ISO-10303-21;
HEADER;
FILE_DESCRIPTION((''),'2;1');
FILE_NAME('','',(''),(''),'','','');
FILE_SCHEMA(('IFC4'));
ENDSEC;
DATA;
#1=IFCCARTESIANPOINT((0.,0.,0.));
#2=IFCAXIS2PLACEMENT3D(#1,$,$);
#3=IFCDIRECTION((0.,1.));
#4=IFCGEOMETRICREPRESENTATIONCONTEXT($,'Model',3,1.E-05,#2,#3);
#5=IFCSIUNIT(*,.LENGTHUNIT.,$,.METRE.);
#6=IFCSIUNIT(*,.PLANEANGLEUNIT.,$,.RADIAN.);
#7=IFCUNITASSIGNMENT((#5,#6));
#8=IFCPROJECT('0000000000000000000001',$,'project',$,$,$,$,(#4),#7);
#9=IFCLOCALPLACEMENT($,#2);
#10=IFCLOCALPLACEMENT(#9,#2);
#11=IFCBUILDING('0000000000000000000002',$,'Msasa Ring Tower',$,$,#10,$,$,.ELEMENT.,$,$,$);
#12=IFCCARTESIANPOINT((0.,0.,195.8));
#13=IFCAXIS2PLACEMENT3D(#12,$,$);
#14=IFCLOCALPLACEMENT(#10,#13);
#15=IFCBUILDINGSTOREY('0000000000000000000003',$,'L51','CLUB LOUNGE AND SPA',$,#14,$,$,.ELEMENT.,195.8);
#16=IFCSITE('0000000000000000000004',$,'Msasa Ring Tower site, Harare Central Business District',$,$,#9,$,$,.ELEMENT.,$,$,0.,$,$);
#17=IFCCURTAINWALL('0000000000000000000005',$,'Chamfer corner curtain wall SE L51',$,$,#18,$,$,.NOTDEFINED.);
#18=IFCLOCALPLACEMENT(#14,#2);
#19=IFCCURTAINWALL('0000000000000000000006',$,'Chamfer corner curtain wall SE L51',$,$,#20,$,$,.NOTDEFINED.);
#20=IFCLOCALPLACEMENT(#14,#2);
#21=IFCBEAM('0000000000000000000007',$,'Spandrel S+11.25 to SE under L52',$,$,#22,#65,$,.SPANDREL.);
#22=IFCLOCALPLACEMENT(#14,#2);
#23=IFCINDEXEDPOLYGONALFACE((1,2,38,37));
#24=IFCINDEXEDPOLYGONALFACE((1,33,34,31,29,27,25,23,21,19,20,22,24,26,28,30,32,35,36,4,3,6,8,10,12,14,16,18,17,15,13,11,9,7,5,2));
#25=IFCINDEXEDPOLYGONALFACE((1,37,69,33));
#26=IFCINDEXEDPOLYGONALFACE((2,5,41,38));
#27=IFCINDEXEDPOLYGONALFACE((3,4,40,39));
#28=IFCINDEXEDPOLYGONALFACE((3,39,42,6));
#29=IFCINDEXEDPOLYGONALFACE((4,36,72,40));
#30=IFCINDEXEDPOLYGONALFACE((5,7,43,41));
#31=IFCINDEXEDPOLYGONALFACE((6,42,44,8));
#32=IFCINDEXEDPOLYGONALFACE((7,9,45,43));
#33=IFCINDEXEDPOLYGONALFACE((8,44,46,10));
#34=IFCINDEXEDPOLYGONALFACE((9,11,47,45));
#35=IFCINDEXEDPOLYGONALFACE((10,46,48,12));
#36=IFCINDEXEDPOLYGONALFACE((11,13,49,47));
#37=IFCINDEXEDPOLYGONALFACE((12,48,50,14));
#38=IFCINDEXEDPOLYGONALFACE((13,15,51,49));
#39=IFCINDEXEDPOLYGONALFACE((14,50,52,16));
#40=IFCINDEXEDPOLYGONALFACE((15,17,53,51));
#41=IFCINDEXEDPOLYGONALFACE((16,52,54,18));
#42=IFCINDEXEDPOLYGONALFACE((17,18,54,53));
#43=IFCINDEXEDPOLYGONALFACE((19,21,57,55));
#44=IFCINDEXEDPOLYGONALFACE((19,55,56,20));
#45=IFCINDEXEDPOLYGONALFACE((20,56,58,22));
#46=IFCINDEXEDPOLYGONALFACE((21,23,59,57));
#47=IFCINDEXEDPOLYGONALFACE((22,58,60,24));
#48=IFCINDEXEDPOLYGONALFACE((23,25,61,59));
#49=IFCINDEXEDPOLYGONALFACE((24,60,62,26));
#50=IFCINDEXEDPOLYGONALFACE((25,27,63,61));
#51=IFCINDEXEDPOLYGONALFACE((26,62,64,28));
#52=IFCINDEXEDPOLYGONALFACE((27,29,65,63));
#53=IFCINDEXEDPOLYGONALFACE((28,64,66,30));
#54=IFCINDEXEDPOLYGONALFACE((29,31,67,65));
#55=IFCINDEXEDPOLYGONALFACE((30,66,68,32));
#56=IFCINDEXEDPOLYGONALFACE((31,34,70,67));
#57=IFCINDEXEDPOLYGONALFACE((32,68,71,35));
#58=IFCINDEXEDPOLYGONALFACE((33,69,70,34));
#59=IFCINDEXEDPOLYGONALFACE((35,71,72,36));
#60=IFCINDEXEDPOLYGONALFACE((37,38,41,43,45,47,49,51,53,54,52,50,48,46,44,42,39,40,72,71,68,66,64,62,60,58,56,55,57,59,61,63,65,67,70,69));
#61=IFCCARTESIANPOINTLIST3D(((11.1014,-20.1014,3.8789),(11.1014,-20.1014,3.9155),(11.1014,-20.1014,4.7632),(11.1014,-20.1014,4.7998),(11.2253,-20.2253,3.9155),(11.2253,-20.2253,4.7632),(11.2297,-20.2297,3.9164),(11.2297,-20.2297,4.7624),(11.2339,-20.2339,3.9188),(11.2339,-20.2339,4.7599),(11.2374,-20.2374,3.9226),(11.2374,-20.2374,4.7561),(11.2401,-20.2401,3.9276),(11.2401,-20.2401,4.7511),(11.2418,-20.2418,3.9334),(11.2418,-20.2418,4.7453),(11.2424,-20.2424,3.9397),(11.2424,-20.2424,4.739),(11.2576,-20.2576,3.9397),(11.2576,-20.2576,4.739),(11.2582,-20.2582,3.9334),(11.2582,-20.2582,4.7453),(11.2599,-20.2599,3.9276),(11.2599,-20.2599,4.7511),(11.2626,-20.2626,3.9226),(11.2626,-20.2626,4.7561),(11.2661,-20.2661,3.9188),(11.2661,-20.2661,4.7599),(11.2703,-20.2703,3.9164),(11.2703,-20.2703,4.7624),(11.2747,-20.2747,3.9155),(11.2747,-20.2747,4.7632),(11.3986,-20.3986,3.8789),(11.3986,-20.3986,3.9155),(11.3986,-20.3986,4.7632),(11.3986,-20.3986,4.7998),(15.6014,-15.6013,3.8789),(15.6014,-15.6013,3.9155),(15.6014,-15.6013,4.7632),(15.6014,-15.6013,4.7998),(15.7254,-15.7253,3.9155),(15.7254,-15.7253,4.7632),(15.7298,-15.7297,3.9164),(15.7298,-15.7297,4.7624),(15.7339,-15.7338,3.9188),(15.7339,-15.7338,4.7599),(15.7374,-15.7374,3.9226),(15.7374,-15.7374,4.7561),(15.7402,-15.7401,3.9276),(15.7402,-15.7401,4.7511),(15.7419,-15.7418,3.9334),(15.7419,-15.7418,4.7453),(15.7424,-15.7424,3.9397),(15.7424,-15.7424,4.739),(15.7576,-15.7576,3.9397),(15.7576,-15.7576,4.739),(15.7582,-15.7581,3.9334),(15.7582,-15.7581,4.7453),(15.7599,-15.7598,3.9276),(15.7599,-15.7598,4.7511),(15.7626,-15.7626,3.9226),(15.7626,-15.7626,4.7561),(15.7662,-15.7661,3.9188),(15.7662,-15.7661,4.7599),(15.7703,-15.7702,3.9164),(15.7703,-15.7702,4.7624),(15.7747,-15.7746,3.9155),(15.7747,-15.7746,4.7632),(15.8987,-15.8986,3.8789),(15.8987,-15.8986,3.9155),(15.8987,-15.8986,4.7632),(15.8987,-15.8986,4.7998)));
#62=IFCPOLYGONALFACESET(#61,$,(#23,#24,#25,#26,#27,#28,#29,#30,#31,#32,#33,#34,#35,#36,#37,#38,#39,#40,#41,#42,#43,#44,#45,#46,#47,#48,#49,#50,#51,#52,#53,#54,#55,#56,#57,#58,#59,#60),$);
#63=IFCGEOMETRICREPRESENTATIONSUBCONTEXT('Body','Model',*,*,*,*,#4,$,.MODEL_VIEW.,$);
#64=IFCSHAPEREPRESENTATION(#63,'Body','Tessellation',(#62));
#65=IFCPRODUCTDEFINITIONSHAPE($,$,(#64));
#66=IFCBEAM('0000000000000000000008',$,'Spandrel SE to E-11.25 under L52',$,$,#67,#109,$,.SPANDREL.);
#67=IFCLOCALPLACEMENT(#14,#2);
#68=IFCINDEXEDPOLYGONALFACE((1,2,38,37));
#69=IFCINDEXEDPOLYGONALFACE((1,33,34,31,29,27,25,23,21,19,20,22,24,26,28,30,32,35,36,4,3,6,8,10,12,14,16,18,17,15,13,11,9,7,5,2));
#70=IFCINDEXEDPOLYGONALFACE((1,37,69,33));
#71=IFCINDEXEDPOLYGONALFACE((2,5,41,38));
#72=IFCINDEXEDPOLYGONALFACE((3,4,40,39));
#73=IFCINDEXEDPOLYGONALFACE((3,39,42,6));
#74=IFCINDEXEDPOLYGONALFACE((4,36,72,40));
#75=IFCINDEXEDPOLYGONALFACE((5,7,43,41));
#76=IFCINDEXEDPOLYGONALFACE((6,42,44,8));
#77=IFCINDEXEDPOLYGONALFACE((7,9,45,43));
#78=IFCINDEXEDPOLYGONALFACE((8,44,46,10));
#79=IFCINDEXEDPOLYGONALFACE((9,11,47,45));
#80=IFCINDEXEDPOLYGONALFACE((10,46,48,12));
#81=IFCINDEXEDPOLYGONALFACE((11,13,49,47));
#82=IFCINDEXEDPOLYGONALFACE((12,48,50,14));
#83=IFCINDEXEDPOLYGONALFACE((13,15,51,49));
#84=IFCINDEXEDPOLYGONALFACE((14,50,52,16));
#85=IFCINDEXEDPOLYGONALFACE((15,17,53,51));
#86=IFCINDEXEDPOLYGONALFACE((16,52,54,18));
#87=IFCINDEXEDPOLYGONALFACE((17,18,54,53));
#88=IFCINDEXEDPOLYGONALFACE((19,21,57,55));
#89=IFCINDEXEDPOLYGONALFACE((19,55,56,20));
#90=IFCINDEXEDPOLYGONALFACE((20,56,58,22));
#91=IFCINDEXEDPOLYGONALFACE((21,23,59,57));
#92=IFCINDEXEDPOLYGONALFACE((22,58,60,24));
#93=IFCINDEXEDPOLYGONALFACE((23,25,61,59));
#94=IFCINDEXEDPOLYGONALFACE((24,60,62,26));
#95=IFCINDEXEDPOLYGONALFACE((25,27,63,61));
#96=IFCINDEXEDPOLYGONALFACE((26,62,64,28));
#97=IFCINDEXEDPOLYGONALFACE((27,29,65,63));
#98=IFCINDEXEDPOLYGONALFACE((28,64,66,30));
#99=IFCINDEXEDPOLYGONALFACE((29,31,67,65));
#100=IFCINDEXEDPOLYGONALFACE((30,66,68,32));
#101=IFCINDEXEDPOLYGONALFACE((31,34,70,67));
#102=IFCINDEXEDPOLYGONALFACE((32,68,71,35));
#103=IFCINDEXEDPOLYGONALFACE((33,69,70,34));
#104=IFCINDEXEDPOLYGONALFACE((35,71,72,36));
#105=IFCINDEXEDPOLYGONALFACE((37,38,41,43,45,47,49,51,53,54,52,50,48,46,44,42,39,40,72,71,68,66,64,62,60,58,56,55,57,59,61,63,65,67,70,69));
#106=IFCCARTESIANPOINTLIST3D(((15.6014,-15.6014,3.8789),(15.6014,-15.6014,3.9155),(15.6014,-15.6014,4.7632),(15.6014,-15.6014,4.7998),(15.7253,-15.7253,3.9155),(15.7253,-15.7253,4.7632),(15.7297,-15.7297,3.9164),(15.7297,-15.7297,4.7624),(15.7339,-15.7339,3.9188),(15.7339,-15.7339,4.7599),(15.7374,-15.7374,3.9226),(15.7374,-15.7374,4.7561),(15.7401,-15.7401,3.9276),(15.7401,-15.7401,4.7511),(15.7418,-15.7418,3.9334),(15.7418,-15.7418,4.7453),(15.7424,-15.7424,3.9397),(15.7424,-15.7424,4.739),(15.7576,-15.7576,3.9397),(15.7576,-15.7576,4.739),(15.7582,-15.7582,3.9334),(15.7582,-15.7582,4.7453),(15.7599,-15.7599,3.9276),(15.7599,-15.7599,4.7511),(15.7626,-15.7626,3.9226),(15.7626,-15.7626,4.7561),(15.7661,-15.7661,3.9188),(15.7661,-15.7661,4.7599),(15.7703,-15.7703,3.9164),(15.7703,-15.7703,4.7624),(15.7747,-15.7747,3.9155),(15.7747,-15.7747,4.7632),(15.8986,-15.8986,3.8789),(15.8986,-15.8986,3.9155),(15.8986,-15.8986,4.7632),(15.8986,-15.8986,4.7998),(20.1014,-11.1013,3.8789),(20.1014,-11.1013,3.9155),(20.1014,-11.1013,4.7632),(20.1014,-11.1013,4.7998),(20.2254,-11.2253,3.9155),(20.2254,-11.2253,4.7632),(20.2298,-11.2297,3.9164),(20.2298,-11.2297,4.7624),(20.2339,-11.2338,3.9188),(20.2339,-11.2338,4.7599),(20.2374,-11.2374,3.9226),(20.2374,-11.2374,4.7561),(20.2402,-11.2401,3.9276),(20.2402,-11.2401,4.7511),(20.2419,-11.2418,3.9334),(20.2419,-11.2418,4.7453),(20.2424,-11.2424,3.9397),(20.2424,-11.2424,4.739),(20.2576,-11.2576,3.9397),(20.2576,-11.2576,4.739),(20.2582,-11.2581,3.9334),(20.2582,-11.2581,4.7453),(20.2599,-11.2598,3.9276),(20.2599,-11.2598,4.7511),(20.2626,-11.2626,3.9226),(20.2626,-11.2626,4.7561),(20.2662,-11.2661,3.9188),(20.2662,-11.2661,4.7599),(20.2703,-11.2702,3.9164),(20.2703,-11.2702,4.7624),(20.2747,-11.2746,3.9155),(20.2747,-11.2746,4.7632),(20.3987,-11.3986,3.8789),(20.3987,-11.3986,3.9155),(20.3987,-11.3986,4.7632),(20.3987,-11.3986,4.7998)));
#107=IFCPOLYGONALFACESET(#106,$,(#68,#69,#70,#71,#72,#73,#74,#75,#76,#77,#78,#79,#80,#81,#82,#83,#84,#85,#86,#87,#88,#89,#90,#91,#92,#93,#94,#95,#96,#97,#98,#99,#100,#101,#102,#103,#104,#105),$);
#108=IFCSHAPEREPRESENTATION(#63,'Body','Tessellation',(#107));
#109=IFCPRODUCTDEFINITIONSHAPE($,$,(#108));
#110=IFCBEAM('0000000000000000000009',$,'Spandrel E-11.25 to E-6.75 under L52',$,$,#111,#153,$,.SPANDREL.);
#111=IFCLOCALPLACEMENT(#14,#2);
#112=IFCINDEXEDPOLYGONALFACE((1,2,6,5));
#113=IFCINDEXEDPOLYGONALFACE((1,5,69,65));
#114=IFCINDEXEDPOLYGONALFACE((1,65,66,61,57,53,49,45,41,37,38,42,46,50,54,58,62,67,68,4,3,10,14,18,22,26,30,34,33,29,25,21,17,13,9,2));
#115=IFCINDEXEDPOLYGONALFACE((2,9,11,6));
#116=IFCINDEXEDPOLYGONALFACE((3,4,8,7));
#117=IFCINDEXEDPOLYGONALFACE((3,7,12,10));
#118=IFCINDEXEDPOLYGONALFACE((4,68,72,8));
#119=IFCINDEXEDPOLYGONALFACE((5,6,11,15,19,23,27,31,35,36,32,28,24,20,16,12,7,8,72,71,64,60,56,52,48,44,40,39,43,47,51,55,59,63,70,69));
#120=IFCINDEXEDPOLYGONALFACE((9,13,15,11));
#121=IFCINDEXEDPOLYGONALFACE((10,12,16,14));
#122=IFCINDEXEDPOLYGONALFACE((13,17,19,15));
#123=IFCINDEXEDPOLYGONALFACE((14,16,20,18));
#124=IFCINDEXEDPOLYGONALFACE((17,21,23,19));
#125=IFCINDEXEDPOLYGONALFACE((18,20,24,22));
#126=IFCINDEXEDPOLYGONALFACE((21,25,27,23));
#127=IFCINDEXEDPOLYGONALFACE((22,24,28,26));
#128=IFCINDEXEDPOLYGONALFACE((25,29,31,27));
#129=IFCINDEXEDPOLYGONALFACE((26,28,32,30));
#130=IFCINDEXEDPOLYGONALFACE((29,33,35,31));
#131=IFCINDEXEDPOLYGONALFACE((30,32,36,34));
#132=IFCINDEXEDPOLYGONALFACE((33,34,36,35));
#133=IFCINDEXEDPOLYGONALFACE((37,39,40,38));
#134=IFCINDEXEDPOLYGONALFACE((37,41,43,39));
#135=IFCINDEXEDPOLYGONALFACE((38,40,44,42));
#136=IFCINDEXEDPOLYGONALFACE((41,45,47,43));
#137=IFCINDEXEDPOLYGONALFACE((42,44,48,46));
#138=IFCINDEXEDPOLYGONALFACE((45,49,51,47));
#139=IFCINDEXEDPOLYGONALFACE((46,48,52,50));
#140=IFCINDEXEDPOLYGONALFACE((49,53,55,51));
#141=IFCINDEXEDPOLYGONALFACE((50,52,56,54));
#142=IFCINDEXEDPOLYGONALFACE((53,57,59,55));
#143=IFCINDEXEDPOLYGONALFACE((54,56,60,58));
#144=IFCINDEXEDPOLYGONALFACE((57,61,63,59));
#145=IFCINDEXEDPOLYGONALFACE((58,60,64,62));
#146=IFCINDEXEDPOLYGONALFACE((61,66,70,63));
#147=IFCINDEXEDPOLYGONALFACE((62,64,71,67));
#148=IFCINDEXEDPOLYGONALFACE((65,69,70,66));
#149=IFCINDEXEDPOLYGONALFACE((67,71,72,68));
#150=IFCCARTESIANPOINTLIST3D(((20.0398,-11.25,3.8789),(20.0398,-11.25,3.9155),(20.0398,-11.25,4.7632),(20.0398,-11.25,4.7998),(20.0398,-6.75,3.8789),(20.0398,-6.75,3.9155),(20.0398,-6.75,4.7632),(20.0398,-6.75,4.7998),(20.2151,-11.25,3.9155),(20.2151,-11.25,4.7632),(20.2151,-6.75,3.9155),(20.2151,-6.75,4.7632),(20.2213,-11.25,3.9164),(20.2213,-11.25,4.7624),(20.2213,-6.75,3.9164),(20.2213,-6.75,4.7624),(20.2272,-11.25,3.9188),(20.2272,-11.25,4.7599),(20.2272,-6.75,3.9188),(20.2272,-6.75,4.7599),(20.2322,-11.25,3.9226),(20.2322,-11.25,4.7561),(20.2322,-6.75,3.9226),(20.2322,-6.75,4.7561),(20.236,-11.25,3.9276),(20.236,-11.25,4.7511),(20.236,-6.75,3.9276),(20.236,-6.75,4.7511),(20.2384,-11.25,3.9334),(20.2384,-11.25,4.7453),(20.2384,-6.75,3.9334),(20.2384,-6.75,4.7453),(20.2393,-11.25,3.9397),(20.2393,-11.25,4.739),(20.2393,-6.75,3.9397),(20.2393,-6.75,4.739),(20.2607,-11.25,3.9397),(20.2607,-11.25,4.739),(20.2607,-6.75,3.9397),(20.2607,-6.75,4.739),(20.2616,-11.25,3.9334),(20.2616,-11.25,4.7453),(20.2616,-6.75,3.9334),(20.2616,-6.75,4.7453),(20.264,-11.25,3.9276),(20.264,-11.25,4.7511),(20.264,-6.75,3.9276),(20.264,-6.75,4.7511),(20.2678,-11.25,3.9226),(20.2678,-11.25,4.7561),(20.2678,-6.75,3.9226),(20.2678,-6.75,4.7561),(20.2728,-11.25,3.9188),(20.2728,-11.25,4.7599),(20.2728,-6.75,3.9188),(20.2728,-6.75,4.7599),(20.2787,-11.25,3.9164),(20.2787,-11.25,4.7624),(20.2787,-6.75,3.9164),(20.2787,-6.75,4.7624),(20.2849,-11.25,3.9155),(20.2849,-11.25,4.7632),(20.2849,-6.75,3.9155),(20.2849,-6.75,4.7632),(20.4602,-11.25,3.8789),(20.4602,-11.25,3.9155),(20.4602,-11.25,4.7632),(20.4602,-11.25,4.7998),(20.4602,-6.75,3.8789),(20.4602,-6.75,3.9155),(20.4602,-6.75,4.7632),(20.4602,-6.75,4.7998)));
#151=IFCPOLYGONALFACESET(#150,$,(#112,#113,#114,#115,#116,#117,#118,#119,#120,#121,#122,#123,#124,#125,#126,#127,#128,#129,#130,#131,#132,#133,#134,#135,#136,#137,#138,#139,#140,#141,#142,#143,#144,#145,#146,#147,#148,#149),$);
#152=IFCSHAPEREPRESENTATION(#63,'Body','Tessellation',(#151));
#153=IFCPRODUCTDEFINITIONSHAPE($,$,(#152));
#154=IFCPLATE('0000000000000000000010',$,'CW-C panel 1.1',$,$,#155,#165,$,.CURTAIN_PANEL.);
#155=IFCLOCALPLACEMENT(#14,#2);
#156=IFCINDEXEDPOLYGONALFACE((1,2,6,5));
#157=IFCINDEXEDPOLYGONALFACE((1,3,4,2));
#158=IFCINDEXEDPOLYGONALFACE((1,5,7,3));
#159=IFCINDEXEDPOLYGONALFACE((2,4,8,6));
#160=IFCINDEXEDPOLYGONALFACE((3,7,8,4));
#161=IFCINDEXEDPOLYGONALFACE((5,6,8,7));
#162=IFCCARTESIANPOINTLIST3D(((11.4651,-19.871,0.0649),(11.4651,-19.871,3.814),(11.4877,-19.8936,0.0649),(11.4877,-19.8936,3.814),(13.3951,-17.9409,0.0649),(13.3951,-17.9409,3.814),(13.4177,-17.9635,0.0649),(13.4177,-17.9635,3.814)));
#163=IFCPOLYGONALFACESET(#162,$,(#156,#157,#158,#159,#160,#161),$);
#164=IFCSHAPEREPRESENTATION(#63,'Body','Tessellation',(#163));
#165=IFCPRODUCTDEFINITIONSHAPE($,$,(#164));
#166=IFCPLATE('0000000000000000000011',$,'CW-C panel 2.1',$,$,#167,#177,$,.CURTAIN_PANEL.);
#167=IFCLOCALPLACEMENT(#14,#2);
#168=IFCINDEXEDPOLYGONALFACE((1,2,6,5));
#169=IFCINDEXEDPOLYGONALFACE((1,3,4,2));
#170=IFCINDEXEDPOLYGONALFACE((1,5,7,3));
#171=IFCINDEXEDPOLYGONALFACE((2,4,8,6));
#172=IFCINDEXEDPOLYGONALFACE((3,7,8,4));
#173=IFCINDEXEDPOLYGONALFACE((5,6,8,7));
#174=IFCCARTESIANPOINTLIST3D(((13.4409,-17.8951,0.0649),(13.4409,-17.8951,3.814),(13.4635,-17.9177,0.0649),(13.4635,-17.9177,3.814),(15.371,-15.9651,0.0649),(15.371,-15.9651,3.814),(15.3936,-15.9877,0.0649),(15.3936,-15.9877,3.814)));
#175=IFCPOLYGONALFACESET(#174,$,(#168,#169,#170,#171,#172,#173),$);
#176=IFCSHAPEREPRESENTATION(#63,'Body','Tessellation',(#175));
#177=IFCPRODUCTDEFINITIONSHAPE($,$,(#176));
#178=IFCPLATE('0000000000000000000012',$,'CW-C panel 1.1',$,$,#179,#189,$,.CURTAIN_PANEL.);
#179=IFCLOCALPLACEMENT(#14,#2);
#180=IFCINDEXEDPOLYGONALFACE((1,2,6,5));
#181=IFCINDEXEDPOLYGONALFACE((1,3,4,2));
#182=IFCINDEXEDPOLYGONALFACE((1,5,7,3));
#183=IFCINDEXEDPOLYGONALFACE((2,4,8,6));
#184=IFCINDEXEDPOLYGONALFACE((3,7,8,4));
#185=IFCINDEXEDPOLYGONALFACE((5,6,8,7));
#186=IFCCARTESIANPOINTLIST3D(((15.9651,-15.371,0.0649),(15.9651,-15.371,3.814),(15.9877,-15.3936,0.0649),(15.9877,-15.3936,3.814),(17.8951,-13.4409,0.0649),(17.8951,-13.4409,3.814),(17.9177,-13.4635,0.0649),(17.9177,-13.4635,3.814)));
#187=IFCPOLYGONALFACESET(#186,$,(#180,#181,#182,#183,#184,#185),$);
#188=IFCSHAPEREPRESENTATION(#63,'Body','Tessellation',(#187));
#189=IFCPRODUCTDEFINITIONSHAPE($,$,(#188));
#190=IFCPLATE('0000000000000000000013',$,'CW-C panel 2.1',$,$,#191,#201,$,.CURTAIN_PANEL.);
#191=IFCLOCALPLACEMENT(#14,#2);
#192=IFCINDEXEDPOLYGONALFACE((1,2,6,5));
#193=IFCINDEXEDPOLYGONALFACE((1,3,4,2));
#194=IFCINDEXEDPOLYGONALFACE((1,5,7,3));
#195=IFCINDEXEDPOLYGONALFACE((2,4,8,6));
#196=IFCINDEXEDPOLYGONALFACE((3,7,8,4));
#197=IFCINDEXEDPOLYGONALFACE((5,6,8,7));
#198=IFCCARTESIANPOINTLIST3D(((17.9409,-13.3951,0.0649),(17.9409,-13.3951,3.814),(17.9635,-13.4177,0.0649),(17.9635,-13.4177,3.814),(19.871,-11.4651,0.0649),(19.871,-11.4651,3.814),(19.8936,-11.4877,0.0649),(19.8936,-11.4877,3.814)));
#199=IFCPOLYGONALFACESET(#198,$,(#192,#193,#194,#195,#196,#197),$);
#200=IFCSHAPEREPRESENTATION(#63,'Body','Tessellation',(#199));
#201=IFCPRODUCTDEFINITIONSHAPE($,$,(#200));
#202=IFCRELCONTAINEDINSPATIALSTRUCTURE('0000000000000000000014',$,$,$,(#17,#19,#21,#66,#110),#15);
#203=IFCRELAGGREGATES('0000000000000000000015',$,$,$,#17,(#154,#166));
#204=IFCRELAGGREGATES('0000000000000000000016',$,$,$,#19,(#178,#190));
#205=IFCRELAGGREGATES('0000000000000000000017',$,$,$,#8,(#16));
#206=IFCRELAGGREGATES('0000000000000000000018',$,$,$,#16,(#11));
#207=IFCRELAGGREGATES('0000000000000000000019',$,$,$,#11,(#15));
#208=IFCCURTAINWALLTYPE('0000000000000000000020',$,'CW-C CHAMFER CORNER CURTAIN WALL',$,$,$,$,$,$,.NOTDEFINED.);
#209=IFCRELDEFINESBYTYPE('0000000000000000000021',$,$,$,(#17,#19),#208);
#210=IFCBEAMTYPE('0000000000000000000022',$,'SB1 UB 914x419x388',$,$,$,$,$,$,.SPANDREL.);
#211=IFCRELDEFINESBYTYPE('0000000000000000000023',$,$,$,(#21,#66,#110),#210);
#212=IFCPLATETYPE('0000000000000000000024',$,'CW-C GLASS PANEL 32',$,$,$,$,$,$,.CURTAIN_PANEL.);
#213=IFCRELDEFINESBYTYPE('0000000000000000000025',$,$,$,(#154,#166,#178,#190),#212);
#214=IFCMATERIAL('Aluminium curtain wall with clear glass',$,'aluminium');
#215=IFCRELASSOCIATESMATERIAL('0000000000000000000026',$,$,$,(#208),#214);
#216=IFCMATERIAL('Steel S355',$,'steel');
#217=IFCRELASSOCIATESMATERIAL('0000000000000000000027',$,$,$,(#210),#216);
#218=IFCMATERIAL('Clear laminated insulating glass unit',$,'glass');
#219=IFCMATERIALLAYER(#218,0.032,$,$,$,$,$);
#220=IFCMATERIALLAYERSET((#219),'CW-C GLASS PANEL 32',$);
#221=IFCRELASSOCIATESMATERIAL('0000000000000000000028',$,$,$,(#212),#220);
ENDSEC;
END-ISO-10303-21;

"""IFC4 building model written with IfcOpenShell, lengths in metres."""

from ifc_helpers import new_model, si_unit, direction, frame, origin, origin_2d, place, context, subcontext, project, spatial, rectangle, i_section, extrude, material, layer, layer_set, material_profile, profile_set, type_object, element, aggregate, save


model = new_model("IFC4")

# Units and contexts
model_context = context("Model", 3, precision=1e-05, world=origin(), true_north=direction((0.0, 1.0)))
body_context = subcontext(model_context, "Body", "Model", "MODEL_VIEW")
ifc_project = project(units=[si_unit("LENGTHUNIT", "METRE"), si_unit("PLANEANGLEUNIT", "RADIAN")], contexts=[model_context])

# Site, building, storey
site_placement = place(None, origin())
site = spatial("IfcSite", under=ifc_project, at=site_placement, Name="Msasa Ring Tower site, Harare Central Business District", CompositionType="ELEMENT", RefElevation=0.0)
building_placement = place(site_placement, origin())
building = spatial("IfcBuilding", under=site, at=building_placement, Name="Msasa Ring Tower", CompositionType="ELEMENT")
storey_placement = place(building_placement, frame((0.0, 0.0, 195.8)))
storey = spatial("IfcBuildingStorey", under=building, at=storey_placement, Name="L51", Description="CLUB LOUNGE AND SPA", CompositionType="ELEMENT", Elevation=195.8)

# Curtain walls
ifc_material_1 = material(Name="Aluminium curtain wall with clear glass", Category="aluminium")
curtain_wall_type_1 = type_object("IfcCurtainWallType", Name="CW-C CHAMFER CORNER CURTAIN WALL", PredefinedType="NOTDEFINED", material=ifc_material_1)
curtain_wall_1_placement = place(storey_placement, origin())
curtain_wall_1 = element("IfcCurtainWall", 1, at=curtain_wall_1_placement, inside=storey, type_object=curtain_wall_type_1, Name="Chamfer corner curtain wall SE L51", PredefinedType="NOTDEFINED")
curtain_wall_2_placement = place(storey_placement, origin())
curtain_wall_2 = element("IfcCurtainWall", 2, at=curtain_wall_2_placement, inside=storey, type_object=curtain_wall_type_1, Name="Chamfer corner curtain wall SE L51", PredefinedType="NOTDEFINED")

# Beams
ifc_material_2 = material(Name="Steel S355", Category="steel")
ifc_material_profile_1 = material_profile(ifc_material_2, i_section(OverallWidth=0.4204, OverallDepth=0.9209, WebThickness=0.0215, FlangeThickness=0.0366, FilletRadius=0.0242, at=origin_2d()), Name="UB 914x419x388")
ifc_profile_set_1 = profile_set([ifc_material_profile_1], Name="Steel S355")
beam_type_1 = type_object("IfcBeamType", Name="SB1 UB 914x419x388", PredefinedType="SPANDREL", material=ifc_profile_set_1)
for number, where, z_axis, x_axis, name in (
    (3, (11.25, -20.25, 4.3394), (0.707107, 0.707107, 0.0), (-0.707107, 0.707107, 0.0), "Spandrel S+11.25 to SE under L52"),
    (4, (15.75, -15.75, 4.3394), (0.707107, 0.707107, 0.0), (-0.707107, 0.707107, 0.0), "Spandrel SE to E-11.25 under L52"),
):
    element("IfcBeam", number, at=place(storey_placement, frame(where, z_axis=z_axis, x_axis=x_axis)), inside=storey, type_object=beam_type_1, Name=name, PredefinedType="SPANDREL", context=body_context, shape_type="SweptSolid", body=[
        extrude(i_section(OverallWidth=0.4204, OverallDepth=0.9209, WebThickness=0.0215, FlangeThickness=0.0366, FilletRadius=0.0242, at=origin_2d()), origin(), (0.0, 0.0, 1.0), 6.364),
    ])
beam_1_placement = place(storey_placement, frame((20.25, -11.25, 4.3394), z_axis=(0.0, 1.0, 0.0), x_axis=(-1.0, 0.0, 0.0)))
element("IfcBeam", 5, at=beam_1_placement, inside=storey, type_object=beam_type_1, Name="Spandrel E-11.25 to E-6.75 under L52", PredefinedType="SPANDREL", context=body_context, shape_type="SweptSolid", body=[
    extrude(i_section(OverallWidth=0.4204, OverallDepth=0.9209, WebThickness=0.0215, FlangeThickness=0.0366, FilletRadius=0.0242, at=origin_2d()), origin(), (0.0, 0.0, 1.0), 4.5),
])

# Plates
ifc_material_3 = material(Name="Clear laminated insulating glass unit", Category="glass")
ifc_layer_1 = layer(ifc_material_3, 0.032)
ifc_layer_set_1 = layer_set([ifc_layer_1], Name="CW-C GLASS PANEL 32")
plate_type_1 = type_object("IfcPlateType", Name="CW-C GLASS PANEL 32", PredefinedType="CURTAIN_PANEL", material=ifc_layer_set_1)
plate_1_placement = place(storey_placement, frame((12.4414, -18.9172, 0.0649), z_axis=(0.0, 0.0, 1.0), x_axis=(0.707107, 0.707107, 0.0)))
plate_1 = element("IfcPlate", 6, at=plate_1_placement, type_object=plate_type_1, Name="CW-C panel 1.1", PredefinedType="CURTAIN_PANEL", context=body_context, shape_type="SweptSolid", body=[
    extrude(rectangle(XDim=2.7295, YDim=0.032, at=origin_2d()), origin(), (0.0, 0.0, 1.0), 3.749),
])
plate_2_placement = place(storey_placement, frame((14.4172, -16.9414, 0.0649), z_axis=(0.0, 0.0, 1.0), x_axis=(0.707107, 0.707107, 0.0)))
plate_2 = element("IfcPlate", 7, at=plate_2_placement, type_object=plate_type_1, Name="CW-C panel 2.1", PredefinedType="CURTAIN_PANEL", context=body_context, shape_type="SweptSolid", body=[
    extrude(rectangle(XDim=2.7295, YDim=0.032, at=origin_2d()), origin(), (0.0, 0.0, 1.0), 3.749),
])
aggregate(curtain_wall_1, [plate_1, plate_2])
plate_3_placement = place(storey_placement, frame((16.9414, -14.4172, 0.0649), z_axis=(0.0, 0.0, 1.0), x_axis=(0.707107, 0.707107, 0.0)))
plate_3 = element("IfcPlate", 8, at=plate_3_placement, type_object=plate_type_1, Name="CW-C panel 1.1", PredefinedType="CURTAIN_PANEL", context=body_context, shape_type="SweptSolid", body=[
    extrude(rectangle(XDim=2.7295, YDim=0.032, at=origin_2d()), origin(), (0.0, 0.0, 1.0), 3.749),
])
plate_4_placement = place(storey_placement, frame((18.9172, -12.4414, 0.0649), z_axis=(0.0, 0.0, 1.0), x_axis=(0.707107, 0.707107, 0.0)))
plate_4 = element("IfcPlate", 9, at=plate_4_placement, type_object=plate_type_1, Name="CW-C panel 2.1", PredefinedType="CURTAIN_PANEL", context=body_context, shape_type="SweptSolid", body=[
    extrude(rectangle(XDim=2.7295, YDim=0.032, at=origin_2d()), origin(), (0.0, 0.0, 1.0), 3.749),
])
aggregate(curtain_wall_2, [plate_3, plate_4])

save(model, "model.ifc")
